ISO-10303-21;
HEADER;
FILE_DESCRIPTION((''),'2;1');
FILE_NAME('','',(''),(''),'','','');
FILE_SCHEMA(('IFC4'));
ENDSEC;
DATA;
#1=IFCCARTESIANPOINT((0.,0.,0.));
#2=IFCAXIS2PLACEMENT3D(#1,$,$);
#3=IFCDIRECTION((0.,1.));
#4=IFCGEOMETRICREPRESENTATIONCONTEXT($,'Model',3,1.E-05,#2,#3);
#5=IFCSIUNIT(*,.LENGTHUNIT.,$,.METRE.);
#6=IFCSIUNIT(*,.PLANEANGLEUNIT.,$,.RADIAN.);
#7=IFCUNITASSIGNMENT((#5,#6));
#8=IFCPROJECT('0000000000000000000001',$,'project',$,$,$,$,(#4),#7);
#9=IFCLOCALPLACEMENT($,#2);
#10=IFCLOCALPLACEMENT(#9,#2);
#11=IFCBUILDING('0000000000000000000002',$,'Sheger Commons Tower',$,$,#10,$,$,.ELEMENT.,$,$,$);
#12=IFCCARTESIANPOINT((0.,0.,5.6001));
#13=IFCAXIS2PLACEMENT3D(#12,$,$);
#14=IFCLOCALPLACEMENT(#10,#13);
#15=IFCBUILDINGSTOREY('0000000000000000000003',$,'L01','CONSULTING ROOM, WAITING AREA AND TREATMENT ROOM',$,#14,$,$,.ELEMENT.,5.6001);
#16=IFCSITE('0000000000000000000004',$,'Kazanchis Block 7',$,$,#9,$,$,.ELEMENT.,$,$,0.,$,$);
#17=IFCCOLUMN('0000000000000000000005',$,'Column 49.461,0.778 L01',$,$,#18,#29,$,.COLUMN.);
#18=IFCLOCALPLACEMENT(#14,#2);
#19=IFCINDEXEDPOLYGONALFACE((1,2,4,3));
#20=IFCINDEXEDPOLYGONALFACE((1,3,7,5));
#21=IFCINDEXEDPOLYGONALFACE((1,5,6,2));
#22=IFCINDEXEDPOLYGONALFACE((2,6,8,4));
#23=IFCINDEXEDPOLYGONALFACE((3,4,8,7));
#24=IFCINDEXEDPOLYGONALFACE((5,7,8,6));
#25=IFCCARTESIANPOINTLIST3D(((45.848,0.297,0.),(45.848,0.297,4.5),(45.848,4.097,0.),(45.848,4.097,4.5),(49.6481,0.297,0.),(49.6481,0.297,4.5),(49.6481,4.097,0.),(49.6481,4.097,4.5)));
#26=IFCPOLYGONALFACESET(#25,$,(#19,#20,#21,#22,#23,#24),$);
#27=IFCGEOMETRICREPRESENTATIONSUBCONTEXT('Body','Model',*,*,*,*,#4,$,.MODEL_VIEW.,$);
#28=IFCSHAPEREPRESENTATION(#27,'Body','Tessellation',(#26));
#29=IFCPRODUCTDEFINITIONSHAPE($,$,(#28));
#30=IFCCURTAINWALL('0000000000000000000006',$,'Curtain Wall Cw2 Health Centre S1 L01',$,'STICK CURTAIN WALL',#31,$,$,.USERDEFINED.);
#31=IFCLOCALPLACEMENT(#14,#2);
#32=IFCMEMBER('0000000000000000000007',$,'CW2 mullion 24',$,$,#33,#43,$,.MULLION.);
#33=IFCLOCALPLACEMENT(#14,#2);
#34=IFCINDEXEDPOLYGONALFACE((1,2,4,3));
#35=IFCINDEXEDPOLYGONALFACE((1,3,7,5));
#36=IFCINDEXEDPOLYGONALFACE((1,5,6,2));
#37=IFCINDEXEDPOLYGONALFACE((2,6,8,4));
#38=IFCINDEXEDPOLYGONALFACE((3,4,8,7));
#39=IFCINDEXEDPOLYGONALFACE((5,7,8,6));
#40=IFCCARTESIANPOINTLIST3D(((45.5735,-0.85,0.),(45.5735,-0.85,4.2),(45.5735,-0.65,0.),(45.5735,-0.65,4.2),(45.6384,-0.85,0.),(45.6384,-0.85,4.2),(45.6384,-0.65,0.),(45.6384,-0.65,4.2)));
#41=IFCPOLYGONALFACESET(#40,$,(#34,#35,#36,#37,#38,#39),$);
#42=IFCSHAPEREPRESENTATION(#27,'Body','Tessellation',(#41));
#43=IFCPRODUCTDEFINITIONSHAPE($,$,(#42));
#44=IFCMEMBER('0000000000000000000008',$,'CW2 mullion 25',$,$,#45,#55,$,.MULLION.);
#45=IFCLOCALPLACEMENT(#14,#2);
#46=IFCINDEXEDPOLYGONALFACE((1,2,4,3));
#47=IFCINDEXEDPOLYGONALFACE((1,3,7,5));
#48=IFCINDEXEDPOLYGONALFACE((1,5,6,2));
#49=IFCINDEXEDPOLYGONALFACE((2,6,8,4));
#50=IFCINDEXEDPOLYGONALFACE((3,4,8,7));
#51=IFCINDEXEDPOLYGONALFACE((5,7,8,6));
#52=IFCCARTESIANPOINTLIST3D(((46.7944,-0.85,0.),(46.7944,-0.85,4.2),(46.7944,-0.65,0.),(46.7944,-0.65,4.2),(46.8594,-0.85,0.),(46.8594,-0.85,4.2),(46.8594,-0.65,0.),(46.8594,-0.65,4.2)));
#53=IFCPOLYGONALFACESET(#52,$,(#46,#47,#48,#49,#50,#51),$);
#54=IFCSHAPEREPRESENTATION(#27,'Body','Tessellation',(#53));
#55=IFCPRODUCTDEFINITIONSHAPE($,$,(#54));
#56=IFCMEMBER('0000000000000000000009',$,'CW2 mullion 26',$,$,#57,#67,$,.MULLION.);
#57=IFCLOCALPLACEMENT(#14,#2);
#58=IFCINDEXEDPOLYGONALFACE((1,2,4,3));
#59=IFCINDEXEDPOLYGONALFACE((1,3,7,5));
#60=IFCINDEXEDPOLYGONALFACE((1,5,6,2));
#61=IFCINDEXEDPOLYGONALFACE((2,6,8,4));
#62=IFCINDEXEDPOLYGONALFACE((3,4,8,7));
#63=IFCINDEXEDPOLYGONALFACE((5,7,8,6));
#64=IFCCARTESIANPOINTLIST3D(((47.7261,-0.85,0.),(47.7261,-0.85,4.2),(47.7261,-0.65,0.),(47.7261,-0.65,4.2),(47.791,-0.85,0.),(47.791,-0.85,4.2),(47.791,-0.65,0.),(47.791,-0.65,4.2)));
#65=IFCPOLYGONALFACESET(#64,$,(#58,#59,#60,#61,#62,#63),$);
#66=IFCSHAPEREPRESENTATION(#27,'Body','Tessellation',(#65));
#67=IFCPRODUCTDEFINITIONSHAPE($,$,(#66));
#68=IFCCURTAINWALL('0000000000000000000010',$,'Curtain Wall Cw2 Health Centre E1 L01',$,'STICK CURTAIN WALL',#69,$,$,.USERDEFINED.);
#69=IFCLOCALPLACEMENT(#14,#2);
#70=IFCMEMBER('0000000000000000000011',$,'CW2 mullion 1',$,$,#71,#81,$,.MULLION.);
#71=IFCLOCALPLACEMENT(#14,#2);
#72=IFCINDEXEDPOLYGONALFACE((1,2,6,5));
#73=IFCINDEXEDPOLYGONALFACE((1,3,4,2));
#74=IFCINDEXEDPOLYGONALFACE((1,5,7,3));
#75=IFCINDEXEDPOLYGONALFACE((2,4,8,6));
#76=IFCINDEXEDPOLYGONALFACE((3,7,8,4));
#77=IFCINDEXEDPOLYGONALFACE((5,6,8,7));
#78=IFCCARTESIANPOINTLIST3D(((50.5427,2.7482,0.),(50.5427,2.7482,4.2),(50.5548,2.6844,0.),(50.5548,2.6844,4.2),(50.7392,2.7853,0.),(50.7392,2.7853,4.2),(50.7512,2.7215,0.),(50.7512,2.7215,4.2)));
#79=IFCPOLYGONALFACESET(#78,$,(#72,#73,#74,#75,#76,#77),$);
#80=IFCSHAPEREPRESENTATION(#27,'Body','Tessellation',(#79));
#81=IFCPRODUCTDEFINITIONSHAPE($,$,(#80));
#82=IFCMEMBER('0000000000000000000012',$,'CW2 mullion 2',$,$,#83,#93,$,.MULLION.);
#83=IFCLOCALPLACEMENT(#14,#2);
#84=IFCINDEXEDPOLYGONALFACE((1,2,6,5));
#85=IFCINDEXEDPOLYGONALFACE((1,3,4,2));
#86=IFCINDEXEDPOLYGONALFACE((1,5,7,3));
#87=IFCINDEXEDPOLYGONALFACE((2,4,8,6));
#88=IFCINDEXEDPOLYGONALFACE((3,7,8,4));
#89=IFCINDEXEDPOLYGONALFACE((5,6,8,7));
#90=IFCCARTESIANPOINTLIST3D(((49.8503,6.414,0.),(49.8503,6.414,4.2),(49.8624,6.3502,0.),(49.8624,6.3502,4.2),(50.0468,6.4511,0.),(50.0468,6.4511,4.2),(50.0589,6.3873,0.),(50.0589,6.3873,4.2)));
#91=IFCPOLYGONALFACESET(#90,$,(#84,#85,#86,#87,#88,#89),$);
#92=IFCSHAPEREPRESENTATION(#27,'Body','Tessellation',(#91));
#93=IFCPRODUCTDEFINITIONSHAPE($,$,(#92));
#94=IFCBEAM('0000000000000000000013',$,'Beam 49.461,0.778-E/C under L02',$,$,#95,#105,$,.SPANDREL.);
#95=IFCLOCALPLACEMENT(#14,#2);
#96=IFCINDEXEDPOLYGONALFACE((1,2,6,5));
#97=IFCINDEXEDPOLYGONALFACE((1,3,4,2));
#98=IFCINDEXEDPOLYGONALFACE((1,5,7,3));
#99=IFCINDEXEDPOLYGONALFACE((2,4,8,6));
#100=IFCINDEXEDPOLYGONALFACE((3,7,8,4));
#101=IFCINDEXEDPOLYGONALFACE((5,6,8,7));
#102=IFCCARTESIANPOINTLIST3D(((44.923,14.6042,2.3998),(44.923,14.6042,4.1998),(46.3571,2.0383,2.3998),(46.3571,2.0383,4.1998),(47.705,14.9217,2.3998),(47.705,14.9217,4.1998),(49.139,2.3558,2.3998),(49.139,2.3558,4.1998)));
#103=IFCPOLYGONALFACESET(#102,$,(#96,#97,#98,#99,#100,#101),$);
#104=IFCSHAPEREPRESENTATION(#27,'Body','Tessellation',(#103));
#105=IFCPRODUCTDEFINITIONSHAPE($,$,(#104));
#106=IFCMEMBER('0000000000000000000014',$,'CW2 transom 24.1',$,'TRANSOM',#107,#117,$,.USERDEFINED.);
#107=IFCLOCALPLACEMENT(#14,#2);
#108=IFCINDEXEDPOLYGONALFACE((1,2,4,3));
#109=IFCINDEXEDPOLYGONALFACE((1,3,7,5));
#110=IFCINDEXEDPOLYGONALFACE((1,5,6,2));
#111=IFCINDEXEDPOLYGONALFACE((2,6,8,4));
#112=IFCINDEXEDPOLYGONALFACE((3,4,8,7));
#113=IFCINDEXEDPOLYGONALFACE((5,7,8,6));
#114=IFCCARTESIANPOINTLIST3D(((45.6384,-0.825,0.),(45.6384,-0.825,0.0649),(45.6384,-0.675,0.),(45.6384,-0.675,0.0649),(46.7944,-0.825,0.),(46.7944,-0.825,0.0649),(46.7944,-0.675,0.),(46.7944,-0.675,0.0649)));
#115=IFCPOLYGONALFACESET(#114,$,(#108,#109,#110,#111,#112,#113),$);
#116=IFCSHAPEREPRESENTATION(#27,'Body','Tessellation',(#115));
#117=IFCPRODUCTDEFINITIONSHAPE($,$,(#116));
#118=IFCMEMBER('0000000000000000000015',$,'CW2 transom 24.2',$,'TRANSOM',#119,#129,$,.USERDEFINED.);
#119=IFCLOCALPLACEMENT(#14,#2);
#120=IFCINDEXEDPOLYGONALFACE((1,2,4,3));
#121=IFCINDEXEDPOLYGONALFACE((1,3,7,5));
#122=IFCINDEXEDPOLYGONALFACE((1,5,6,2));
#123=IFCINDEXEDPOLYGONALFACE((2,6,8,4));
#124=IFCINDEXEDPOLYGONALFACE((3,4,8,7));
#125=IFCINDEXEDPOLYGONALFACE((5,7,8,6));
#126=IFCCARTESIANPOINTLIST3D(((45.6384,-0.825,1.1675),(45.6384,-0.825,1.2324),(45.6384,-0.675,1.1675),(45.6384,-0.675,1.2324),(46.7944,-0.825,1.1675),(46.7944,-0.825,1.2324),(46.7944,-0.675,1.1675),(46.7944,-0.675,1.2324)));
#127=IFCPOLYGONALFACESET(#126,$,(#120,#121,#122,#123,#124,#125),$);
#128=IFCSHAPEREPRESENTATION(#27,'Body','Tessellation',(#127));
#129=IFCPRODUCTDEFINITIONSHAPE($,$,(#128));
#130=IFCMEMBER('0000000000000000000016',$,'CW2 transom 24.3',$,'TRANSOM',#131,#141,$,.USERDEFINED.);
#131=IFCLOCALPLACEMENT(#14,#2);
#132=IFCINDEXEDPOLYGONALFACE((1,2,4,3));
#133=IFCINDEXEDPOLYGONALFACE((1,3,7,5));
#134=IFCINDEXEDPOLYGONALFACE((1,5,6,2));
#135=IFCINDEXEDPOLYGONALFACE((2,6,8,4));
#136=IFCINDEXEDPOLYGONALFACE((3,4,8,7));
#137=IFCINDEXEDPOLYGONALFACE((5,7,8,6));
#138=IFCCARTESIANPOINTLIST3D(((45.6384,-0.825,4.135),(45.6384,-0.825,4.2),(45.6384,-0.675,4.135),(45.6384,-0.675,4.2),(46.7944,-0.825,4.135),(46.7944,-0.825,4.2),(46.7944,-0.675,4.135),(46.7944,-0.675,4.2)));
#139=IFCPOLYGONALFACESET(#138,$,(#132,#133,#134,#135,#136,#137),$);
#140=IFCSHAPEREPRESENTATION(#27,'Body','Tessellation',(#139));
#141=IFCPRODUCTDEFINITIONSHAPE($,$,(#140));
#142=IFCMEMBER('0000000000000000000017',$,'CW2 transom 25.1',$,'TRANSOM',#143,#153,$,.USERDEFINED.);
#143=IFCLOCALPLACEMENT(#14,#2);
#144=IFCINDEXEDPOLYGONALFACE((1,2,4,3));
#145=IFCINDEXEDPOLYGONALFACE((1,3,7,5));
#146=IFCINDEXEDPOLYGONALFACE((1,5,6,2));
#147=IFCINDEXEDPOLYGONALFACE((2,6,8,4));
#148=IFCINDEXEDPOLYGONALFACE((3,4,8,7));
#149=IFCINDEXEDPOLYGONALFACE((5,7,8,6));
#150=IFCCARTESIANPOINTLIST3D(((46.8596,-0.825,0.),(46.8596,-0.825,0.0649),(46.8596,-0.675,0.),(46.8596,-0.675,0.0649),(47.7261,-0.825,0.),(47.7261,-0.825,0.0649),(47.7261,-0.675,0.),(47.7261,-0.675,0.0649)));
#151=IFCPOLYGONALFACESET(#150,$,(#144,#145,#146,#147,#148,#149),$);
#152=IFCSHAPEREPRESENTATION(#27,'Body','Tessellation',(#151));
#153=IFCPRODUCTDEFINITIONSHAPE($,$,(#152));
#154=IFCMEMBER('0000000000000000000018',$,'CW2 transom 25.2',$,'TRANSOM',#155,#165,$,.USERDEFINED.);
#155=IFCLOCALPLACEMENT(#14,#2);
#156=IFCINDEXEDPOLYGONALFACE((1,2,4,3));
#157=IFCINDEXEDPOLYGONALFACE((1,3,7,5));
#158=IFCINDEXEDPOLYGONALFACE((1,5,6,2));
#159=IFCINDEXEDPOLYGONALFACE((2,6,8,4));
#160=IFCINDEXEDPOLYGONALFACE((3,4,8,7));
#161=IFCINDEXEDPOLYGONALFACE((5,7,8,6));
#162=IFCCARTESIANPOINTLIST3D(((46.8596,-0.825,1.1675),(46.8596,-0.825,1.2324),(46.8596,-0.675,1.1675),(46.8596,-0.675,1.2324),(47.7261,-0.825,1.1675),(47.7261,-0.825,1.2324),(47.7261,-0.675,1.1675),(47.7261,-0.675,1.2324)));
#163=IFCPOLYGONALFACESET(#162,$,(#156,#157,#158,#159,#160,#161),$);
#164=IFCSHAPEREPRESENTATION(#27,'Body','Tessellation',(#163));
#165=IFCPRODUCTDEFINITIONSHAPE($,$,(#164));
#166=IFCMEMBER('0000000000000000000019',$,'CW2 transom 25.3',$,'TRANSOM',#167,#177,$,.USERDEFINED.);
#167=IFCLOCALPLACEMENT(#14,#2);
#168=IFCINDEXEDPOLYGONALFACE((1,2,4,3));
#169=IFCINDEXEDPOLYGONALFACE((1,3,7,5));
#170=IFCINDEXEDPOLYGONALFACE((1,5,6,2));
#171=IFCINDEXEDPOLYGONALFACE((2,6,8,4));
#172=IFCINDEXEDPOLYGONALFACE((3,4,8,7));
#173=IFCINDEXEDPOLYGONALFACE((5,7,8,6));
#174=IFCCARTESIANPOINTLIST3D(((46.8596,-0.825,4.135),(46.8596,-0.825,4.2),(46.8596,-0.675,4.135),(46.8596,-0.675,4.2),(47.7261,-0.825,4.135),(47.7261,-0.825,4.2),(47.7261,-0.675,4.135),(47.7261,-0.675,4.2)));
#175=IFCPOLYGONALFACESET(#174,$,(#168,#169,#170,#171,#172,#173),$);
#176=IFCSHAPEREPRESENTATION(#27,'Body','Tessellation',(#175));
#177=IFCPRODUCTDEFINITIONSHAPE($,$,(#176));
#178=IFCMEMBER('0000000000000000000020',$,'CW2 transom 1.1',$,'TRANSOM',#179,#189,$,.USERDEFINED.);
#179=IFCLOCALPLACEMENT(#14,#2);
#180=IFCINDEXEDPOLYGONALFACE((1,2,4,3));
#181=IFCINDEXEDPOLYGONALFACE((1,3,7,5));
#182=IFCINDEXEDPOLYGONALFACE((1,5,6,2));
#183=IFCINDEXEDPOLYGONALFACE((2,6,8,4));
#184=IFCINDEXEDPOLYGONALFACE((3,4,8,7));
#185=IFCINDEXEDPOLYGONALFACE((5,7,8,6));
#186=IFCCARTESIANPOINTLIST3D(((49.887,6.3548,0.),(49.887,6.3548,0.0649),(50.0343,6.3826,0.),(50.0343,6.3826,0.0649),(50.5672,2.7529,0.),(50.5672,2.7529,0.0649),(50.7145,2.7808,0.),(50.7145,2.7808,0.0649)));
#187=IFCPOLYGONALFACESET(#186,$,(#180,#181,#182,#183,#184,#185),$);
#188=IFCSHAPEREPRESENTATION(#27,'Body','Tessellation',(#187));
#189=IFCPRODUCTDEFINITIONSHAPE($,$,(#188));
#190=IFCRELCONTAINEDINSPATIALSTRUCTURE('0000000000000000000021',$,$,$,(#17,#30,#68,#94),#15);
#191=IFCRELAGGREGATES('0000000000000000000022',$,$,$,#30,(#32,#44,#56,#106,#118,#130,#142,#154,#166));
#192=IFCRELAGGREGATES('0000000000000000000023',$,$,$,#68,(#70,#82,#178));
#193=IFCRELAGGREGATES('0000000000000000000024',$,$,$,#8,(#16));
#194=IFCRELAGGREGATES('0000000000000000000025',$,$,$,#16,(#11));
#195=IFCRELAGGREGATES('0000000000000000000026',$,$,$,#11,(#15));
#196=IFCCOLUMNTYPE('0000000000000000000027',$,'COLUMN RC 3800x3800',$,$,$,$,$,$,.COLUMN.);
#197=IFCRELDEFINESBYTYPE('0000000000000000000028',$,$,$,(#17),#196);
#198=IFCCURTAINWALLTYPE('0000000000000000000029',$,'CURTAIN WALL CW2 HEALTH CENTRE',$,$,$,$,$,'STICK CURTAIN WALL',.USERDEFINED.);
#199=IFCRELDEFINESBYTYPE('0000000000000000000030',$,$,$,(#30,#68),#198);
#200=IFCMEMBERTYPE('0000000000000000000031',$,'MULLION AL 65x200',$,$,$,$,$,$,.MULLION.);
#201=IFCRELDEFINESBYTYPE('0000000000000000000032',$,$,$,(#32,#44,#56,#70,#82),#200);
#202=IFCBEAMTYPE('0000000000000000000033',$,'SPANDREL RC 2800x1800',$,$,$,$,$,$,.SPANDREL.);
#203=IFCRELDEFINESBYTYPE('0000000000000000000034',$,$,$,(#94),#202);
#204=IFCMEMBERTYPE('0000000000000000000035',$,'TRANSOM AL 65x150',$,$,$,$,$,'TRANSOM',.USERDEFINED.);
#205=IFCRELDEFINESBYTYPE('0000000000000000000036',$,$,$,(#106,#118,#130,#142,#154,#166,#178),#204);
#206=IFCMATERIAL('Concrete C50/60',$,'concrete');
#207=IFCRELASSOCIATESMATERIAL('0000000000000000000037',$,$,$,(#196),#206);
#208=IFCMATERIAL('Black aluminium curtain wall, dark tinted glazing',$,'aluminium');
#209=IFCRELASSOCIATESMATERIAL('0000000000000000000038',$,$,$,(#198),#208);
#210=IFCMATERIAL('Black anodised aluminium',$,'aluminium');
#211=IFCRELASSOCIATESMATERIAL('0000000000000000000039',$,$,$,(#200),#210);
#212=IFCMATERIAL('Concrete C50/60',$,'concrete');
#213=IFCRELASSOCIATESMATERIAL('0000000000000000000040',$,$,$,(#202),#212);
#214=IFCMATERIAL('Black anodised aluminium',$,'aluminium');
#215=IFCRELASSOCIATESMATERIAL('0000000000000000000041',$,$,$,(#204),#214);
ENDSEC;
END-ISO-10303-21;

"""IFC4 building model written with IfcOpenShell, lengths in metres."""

from ifc_helpers import new_model, si_unit, direction, frame, origin, origin_2d, place, context, subcontext, project, spatial, rectangle, extrude, material, material_profile, profile_set, type_object, element, aggregate, save


model = new_model("IFC4")

# Units and contexts
model_context = context("Model", 3, precision=1e-05, world=origin(), true_north=direction((0.0, 1.0)))
body_context = subcontext(model_context, "Body", "Model", "MODEL_VIEW")
ifc_project = project(units=[si_unit("LENGTHUNIT", "METRE"), si_unit("PLANEANGLEUNIT", "RADIAN")], contexts=[model_context])

# Site, building, storey
site_placement = place(None, origin())
site = spatial("IfcSite", under=ifc_project, at=site_placement, Name="Kazanchis Block 7", CompositionType="ELEMENT", RefElevation=0.0)
building_placement = place(site_placement, origin())
building = spatial("IfcBuilding", under=site, at=building_placement, Name="Sheger Commons Tower", CompositionType="ELEMENT")
storey_placement = place(building_placement, frame((0.0, 0.0, 5.6001)))
storey = spatial("IfcBuildingStorey", under=building, at=storey_placement, Name="L01", Description="CONSULTING ROOM, WAITING AREA AND TREATMENT ROOM", CompositionType="ELEMENT", Elevation=5.6001)

# Column
ifc_material_1 = material(Name="Concrete C50/60", Category="concrete")
ifc_material_profile_1 = material_profile(ifc_material_1, rectangle(XDim=3.8, YDim=3.8, at=origin_2d()), Name="RC 3800x3800")
ifc_profile_set_1 = profile_set([ifc_material_profile_1], Name="Concrete C50/60")
column_type = type_object("IfcColumnType", Name="COLUMN RC 3800x3800", PredefinedType="COLUMN", material=ifc_profile_set_1)
column_placement = place(storey_placement, frame((47.748, 2.197, 0.0), z_axis=(0.0, 0.0, 1.0), x_axis=(1.0, 0.0, 0.0)))
element("IfcColumn", 1, at=column_placement, inside=storey, type_object=column_type, Name="Column 49.461,0.778 L01", PredefinedType="COLUMN", context=body_context, shape_type="SweptSolid", body=[
    extrude(rectangle(XDim=3.8, YDim=3.8, at=origin_2d()), origin(), (0.0, 0.0, 1.0), 4.5),
])

# Curtain walls, members
ifc_material_2 = material(Name="Black aluminium curtain wall, dark tinted glazing", Category="aluminium")
curtain_wall_type = type_object("IfcCurtainWallType", Name="CURTAIN WALL CW2 HEALTH CENTRE", ElementType="STICK CURTAIN WALL", PredefinedType="USERDEFINED", material=ifc_material_2)
curtain_wall_1_placement = place(storey_placement, origin())
curtain_wall_1 = element("IfcCurtainWall", 2, at=curtain_wall_1_placement, inside=storey, type_object=curtain_wall_type, Name="Curtain Wall Cw2 Health Centre S1 L01", ObjectType="STICK CURTAIN WALL", PredefinedType="USERDEFINED")
ifc_material_3 = material(Name="Black anodised aluminium", Category="aluminium")
ifc_material_profile_2 = material_profile(ifc_material_3, rectangle(XDim=0.2, YDim=0.0649, at=origin_2d()), Name="AL 65x200")
ifc_profile_set_2 = profile_set([ifc_material_profile_2], Name="Black anodised aluminium")
member_type_1 = type_object("IfcMemberType", Name="MULLION AL 65x200", PredefinedType="MULLION", material=ifc_profile_set_2)
member_1_placement = place(storey_placement, frame((45.606, -0.75, 0.0), z_axis=(0.0, 0.0, 1.0), x_axis=(0.0, 1.0, 0.0)))
member_1 = element("IfcMember", 3, at=member_1_placement, type_object=member_type_1, Name="CW2 mullion 24", PredefinedType="MULLION", context=body_context, shape_type="SweptSolid", body=[
    extrude(rectangle(XDim=0.2, YDim=0.0649, at=origin_2d()), origin(), (0.0, 0.0, 1.0), 4.2),
])
member_2_placement = place(storey_placement, frame((46.8269, -0.75, 0.0), z_axis=(0.0, 0.0, 1.0), x_axis=(0.0, 1.0, 0.0)))
member_2 = element("IfcMember", 4, at=member_2_placement, type_object=member_type_1, Name="CW2 mullion 25", PredefinedType="MULLION", context=body_context, shape_type="SweptSolid", body=[
    extrude(rectangle(XDim=0.2, YDim=0.0649, at=origin_2d()), origin(), (0.0, 0.0, 1.0), 4.2),
])
member_3_placement = place(storey_placement, frame((47.7585, -0.75, 0.0), z_axis=(0.0, 0.0, 1.0), x_axis=(0.0, 1.0, 0.0)))
member_3 = element("IfcMember", 5, at=member_3_placement, type_object=member_type_1, Name="CW2 mullion 26", PredefinedType="MULLION", context=body_context, shape_type="SweptSolid", body=[
    extrude(rectangle(XDim=0.2, YDim=0.0649, at=origin_2d()), origin(), (0.0, 0.0, 1.0), 4.2),
])
curtain_wall_2_placement = place(storey_placement, origin())
curtain_wall_2 = element("IfcCurtainWall", 6, at=curtain_wall_2_placement, inside=storey, type_object=curtain_wall_type, Name="Curtain Wall Cw2 Health Centre E1 L01", ObjectType="STICK CURTAIN WALL", PredefinedType="USERDEFINED")
member_4_placement = place(storey_placement, frame((50.647, 2.7349, 0.0), z_axis=(0.0, 0.0, 1.0), x_axis=(-0.982624, -0.18561, 0.0)))
member_4 = element("IfcMember", 7, at=member_4_placement, type_object=member_type_1, Name="CW2 mullion 1", PredefinedType="MULLION", context=body_context, shape_type="SweptSolid", body=[
    extrude(rectangle(XDim=0.2, YDim=0.0649, at=origin_2d()), origin(), (0.0, 0.0, 1.0), 4.2),
])
member_5_placement = place(storey_placement, frame((49.9546, 6.4006, 0.0), z_axis=(0.0, 0.0, 1.0), x_axis=(-0.982624, -0.18561, 0.0)))
member_5 = element("IfcMember", 8, at=member_5_placement, type_object=member_type_1, Name="CW2 mullion 2", PredefinedType="MULLION", context=body_context, shape_type="SweptSolid", body=[
    extrude(rectangle(XDim=0.2, YDim=0.0649, at=origin_2d()), origin(), (0.0, 0.0, 1.0), 4.2),
])

# Beam
ifc_material_4 = material(Name="Concrete C50/60", Category="concrete")
ifc_material_profile_3 = material_profile(ifc_material_4, rectangle(XDim=2.8, YDim=1.8, at=origin_2d()), Name="RC 2800x1800")
ifc_profile_set_3 = profile_set([ifc_material_profile_3], Name="Concrete C50/60")
beam_type = type_object("IfcBeamType", Name="SPANDREL RC 2800x1800", PredefinedType="SPANDREL", material=ifc_profile_set_3)
beam_placement = place(storey_placement, frame((47.748, 2.197, 3.2998), z_axis=(-0.113389, 0.993551, 0.0), x_axis=(-0.993551, -0.113389, 0.0)))
element("IfcBeam", 9, at=beam_placement, inside=storey, type_object=beam_type, Name="Beam 49.461,0.778-E/C under L02", PredefinedType="SPANDREL", context=body_context, shape_type="SweptSolid", body=[
    extrude(rectangle(XDim=2.8, YDim=1.8, at=origin_2d()), origin(), (0.0, 0.0, 1.0), 12.6475),
])

# Members
ifc_material_5 = material(Name="Black anodised aluminium", Category="aluminium")
ifc_material_profile_4 = material_profile(ifc_material_5, rectangle(XDim=0.1499, YDim=0.0649, at=origin_2d()), Name="AL 65x150")
ifc_profile_set_4 = profile_set([ifc_material_profile_4], Name="Black anodised aluminium")
member_type_2 = type_object("IfcMemberType", Name="TRANSOM AL 65x150", ElementType="TRANSOM", PredefinedType="USERDEFINED", material=ifc_profile_set_4)
member_6_placement = place(storey_placement, frame((45.6384, -0.75, 0.0325), z_axis=(1.0, 0.0, 0.0), x_axis=(0.0, 1.0, 0.0)))
member_6 = element("IfcMember", 10, at=member_6_placement, type_object=member_type_2, Name="CW2 transom 24.1", ObjectType="TRANSOM", PredefinedType="USERDEFINED", context=body_context, shape_type="SweptSolid", body=[
    extrude(rectangle(XDim=0.1499, YDim=0.0649, at=origin_2d()), origin(), (0.0, 0.0, 1.0), 1.156),
])
member_7_placement = place(storey_placement, frame((45.6384, -0.75, 1.2), z_axis=(1.0, 0.0, 0.0), x_axis=(0.0, 1.0, 0.0)))
member_7 = element("IfcMember", 11, at=member_7_placement, type_object=member_type_2, Name="CW2 transom 24.2", ObjectType="TRANSOM", PredefinedType="USERDEFINED", context=body_context, shape_type="SweptSolid", body=[
    extrude(rectangle(XDim=0.1499, YDim=0.0649, at=origin_2d()), origin(), (0.0, 0.0, 1.0), 1.156),
])
member_8_placement = place(storey_placement, frame((45.6384, -0.75, 4.1675), z_axis=(1.0, 0.0, 0.0), x_axis=(0.0, 1.0, 0.0)))
member_8 = element("IfcMember", 12, at=member_8_placement, type_object=member_type_2, Name="CW2 transom 24.3", ObjectType="TRANSOM", PredefinedType="USERDEFINED", context=body_context, shape_type="SweptSolid", body=[
    extrude(rectangle(XDim=0.1499, YDim=0.0649, at=origin_2d()), origin(), (0.0, 0.0, 1.0), 1.156),
])
member_9_placement = place(storey_placement, frame((46.8596, -0.75, 0.0325), z_axis=(1.0, 0.0, 0.0), x_axis=(0.0, 1.0, 0.0)))
member_9 = element("IfcMember", 13, at=member_9_placement, type_object=member_type_2, Name="CW2 transom 25.1", ObjectType="TRANSOM", PredefinedType="USERDEFINED", context=body_context, shape_type="SweptSolid", body=[
    extrude(rectangle(XDim=0.1499, YDim=0.0649, at=origin_2d()), origin(), (0.0, 0.0, 1.0), 0.8665),
])
member_10_placement = place(storey_placement, frame((46.8596, -0.75, 1.2), z_axis=(1.0, 0.0, 0.0), x_axis=(0.0, 1.0, 0.0)))
member_10 = element("IfcMember", 14, at=member_10_placement, type_object=member_type_2, Name="CW2 transom 25.2", ObjectType="TRANSOM", PredefinedType="USERDEFINED", context=body_context, shape_type="SweptSolid", body=[
    extrude(rectangle(XDim=0.1499, YDim=0.0649, at=origin_2d()), origin(), (0.0, 0.0, 1.0), 0.8665),
])
member_11_placement = place(storey_placement, frame((46.8596, -0.75, 4.1675), z_axis=(1.0, 0.0, 0.0), x_axis=(0.0, 1.0, 0.0)))
member_11 = element("IfcMember", 15, at=member_11_placement, type_object=member_type_2, Name="CW2 transom 25.3", ObjectType="TRANSOM", PredefinedType="USERDEFINED", context=body_context, shape_type="SweptSolid", body=[
    extrude(rectangle(XDim=0.1499, YDim=0.0649, at=origin_2d()), origin(), (0.0, 0.0, 1.0), 0.8665),
])
member_12_placement = place(storey_placement, frame((50.6409, 2.7668, 0.0325), z_axis=(-0.185563, 0.982632, 0.0), x_axis=(-0.982632, -0.185563, 0.0)))
member_12 = element("IfcMember", 16, at=member_12_placement, type_object=member_type_2, Name="CW2 transom 1.1", ObjectType="TRANSOM", PredefinedType="USERDEFINED", context=body_context, shape_type="SweptSolid", body=[
    extrude(rectangle(XDim=0.1499, YDim=0.0649, at=origin_2d()), origin(), (0.0, 0.0, 1.0), 3.6655),
])

aggregate(curtain_wall_1, [member_1, member_2, member_3, member_6, member_7, member_8, member_9, member_10, member_11])
aggregate(curtain_wall_2, [member_4, member_5, member_12])

save(model, "model.ifc")
